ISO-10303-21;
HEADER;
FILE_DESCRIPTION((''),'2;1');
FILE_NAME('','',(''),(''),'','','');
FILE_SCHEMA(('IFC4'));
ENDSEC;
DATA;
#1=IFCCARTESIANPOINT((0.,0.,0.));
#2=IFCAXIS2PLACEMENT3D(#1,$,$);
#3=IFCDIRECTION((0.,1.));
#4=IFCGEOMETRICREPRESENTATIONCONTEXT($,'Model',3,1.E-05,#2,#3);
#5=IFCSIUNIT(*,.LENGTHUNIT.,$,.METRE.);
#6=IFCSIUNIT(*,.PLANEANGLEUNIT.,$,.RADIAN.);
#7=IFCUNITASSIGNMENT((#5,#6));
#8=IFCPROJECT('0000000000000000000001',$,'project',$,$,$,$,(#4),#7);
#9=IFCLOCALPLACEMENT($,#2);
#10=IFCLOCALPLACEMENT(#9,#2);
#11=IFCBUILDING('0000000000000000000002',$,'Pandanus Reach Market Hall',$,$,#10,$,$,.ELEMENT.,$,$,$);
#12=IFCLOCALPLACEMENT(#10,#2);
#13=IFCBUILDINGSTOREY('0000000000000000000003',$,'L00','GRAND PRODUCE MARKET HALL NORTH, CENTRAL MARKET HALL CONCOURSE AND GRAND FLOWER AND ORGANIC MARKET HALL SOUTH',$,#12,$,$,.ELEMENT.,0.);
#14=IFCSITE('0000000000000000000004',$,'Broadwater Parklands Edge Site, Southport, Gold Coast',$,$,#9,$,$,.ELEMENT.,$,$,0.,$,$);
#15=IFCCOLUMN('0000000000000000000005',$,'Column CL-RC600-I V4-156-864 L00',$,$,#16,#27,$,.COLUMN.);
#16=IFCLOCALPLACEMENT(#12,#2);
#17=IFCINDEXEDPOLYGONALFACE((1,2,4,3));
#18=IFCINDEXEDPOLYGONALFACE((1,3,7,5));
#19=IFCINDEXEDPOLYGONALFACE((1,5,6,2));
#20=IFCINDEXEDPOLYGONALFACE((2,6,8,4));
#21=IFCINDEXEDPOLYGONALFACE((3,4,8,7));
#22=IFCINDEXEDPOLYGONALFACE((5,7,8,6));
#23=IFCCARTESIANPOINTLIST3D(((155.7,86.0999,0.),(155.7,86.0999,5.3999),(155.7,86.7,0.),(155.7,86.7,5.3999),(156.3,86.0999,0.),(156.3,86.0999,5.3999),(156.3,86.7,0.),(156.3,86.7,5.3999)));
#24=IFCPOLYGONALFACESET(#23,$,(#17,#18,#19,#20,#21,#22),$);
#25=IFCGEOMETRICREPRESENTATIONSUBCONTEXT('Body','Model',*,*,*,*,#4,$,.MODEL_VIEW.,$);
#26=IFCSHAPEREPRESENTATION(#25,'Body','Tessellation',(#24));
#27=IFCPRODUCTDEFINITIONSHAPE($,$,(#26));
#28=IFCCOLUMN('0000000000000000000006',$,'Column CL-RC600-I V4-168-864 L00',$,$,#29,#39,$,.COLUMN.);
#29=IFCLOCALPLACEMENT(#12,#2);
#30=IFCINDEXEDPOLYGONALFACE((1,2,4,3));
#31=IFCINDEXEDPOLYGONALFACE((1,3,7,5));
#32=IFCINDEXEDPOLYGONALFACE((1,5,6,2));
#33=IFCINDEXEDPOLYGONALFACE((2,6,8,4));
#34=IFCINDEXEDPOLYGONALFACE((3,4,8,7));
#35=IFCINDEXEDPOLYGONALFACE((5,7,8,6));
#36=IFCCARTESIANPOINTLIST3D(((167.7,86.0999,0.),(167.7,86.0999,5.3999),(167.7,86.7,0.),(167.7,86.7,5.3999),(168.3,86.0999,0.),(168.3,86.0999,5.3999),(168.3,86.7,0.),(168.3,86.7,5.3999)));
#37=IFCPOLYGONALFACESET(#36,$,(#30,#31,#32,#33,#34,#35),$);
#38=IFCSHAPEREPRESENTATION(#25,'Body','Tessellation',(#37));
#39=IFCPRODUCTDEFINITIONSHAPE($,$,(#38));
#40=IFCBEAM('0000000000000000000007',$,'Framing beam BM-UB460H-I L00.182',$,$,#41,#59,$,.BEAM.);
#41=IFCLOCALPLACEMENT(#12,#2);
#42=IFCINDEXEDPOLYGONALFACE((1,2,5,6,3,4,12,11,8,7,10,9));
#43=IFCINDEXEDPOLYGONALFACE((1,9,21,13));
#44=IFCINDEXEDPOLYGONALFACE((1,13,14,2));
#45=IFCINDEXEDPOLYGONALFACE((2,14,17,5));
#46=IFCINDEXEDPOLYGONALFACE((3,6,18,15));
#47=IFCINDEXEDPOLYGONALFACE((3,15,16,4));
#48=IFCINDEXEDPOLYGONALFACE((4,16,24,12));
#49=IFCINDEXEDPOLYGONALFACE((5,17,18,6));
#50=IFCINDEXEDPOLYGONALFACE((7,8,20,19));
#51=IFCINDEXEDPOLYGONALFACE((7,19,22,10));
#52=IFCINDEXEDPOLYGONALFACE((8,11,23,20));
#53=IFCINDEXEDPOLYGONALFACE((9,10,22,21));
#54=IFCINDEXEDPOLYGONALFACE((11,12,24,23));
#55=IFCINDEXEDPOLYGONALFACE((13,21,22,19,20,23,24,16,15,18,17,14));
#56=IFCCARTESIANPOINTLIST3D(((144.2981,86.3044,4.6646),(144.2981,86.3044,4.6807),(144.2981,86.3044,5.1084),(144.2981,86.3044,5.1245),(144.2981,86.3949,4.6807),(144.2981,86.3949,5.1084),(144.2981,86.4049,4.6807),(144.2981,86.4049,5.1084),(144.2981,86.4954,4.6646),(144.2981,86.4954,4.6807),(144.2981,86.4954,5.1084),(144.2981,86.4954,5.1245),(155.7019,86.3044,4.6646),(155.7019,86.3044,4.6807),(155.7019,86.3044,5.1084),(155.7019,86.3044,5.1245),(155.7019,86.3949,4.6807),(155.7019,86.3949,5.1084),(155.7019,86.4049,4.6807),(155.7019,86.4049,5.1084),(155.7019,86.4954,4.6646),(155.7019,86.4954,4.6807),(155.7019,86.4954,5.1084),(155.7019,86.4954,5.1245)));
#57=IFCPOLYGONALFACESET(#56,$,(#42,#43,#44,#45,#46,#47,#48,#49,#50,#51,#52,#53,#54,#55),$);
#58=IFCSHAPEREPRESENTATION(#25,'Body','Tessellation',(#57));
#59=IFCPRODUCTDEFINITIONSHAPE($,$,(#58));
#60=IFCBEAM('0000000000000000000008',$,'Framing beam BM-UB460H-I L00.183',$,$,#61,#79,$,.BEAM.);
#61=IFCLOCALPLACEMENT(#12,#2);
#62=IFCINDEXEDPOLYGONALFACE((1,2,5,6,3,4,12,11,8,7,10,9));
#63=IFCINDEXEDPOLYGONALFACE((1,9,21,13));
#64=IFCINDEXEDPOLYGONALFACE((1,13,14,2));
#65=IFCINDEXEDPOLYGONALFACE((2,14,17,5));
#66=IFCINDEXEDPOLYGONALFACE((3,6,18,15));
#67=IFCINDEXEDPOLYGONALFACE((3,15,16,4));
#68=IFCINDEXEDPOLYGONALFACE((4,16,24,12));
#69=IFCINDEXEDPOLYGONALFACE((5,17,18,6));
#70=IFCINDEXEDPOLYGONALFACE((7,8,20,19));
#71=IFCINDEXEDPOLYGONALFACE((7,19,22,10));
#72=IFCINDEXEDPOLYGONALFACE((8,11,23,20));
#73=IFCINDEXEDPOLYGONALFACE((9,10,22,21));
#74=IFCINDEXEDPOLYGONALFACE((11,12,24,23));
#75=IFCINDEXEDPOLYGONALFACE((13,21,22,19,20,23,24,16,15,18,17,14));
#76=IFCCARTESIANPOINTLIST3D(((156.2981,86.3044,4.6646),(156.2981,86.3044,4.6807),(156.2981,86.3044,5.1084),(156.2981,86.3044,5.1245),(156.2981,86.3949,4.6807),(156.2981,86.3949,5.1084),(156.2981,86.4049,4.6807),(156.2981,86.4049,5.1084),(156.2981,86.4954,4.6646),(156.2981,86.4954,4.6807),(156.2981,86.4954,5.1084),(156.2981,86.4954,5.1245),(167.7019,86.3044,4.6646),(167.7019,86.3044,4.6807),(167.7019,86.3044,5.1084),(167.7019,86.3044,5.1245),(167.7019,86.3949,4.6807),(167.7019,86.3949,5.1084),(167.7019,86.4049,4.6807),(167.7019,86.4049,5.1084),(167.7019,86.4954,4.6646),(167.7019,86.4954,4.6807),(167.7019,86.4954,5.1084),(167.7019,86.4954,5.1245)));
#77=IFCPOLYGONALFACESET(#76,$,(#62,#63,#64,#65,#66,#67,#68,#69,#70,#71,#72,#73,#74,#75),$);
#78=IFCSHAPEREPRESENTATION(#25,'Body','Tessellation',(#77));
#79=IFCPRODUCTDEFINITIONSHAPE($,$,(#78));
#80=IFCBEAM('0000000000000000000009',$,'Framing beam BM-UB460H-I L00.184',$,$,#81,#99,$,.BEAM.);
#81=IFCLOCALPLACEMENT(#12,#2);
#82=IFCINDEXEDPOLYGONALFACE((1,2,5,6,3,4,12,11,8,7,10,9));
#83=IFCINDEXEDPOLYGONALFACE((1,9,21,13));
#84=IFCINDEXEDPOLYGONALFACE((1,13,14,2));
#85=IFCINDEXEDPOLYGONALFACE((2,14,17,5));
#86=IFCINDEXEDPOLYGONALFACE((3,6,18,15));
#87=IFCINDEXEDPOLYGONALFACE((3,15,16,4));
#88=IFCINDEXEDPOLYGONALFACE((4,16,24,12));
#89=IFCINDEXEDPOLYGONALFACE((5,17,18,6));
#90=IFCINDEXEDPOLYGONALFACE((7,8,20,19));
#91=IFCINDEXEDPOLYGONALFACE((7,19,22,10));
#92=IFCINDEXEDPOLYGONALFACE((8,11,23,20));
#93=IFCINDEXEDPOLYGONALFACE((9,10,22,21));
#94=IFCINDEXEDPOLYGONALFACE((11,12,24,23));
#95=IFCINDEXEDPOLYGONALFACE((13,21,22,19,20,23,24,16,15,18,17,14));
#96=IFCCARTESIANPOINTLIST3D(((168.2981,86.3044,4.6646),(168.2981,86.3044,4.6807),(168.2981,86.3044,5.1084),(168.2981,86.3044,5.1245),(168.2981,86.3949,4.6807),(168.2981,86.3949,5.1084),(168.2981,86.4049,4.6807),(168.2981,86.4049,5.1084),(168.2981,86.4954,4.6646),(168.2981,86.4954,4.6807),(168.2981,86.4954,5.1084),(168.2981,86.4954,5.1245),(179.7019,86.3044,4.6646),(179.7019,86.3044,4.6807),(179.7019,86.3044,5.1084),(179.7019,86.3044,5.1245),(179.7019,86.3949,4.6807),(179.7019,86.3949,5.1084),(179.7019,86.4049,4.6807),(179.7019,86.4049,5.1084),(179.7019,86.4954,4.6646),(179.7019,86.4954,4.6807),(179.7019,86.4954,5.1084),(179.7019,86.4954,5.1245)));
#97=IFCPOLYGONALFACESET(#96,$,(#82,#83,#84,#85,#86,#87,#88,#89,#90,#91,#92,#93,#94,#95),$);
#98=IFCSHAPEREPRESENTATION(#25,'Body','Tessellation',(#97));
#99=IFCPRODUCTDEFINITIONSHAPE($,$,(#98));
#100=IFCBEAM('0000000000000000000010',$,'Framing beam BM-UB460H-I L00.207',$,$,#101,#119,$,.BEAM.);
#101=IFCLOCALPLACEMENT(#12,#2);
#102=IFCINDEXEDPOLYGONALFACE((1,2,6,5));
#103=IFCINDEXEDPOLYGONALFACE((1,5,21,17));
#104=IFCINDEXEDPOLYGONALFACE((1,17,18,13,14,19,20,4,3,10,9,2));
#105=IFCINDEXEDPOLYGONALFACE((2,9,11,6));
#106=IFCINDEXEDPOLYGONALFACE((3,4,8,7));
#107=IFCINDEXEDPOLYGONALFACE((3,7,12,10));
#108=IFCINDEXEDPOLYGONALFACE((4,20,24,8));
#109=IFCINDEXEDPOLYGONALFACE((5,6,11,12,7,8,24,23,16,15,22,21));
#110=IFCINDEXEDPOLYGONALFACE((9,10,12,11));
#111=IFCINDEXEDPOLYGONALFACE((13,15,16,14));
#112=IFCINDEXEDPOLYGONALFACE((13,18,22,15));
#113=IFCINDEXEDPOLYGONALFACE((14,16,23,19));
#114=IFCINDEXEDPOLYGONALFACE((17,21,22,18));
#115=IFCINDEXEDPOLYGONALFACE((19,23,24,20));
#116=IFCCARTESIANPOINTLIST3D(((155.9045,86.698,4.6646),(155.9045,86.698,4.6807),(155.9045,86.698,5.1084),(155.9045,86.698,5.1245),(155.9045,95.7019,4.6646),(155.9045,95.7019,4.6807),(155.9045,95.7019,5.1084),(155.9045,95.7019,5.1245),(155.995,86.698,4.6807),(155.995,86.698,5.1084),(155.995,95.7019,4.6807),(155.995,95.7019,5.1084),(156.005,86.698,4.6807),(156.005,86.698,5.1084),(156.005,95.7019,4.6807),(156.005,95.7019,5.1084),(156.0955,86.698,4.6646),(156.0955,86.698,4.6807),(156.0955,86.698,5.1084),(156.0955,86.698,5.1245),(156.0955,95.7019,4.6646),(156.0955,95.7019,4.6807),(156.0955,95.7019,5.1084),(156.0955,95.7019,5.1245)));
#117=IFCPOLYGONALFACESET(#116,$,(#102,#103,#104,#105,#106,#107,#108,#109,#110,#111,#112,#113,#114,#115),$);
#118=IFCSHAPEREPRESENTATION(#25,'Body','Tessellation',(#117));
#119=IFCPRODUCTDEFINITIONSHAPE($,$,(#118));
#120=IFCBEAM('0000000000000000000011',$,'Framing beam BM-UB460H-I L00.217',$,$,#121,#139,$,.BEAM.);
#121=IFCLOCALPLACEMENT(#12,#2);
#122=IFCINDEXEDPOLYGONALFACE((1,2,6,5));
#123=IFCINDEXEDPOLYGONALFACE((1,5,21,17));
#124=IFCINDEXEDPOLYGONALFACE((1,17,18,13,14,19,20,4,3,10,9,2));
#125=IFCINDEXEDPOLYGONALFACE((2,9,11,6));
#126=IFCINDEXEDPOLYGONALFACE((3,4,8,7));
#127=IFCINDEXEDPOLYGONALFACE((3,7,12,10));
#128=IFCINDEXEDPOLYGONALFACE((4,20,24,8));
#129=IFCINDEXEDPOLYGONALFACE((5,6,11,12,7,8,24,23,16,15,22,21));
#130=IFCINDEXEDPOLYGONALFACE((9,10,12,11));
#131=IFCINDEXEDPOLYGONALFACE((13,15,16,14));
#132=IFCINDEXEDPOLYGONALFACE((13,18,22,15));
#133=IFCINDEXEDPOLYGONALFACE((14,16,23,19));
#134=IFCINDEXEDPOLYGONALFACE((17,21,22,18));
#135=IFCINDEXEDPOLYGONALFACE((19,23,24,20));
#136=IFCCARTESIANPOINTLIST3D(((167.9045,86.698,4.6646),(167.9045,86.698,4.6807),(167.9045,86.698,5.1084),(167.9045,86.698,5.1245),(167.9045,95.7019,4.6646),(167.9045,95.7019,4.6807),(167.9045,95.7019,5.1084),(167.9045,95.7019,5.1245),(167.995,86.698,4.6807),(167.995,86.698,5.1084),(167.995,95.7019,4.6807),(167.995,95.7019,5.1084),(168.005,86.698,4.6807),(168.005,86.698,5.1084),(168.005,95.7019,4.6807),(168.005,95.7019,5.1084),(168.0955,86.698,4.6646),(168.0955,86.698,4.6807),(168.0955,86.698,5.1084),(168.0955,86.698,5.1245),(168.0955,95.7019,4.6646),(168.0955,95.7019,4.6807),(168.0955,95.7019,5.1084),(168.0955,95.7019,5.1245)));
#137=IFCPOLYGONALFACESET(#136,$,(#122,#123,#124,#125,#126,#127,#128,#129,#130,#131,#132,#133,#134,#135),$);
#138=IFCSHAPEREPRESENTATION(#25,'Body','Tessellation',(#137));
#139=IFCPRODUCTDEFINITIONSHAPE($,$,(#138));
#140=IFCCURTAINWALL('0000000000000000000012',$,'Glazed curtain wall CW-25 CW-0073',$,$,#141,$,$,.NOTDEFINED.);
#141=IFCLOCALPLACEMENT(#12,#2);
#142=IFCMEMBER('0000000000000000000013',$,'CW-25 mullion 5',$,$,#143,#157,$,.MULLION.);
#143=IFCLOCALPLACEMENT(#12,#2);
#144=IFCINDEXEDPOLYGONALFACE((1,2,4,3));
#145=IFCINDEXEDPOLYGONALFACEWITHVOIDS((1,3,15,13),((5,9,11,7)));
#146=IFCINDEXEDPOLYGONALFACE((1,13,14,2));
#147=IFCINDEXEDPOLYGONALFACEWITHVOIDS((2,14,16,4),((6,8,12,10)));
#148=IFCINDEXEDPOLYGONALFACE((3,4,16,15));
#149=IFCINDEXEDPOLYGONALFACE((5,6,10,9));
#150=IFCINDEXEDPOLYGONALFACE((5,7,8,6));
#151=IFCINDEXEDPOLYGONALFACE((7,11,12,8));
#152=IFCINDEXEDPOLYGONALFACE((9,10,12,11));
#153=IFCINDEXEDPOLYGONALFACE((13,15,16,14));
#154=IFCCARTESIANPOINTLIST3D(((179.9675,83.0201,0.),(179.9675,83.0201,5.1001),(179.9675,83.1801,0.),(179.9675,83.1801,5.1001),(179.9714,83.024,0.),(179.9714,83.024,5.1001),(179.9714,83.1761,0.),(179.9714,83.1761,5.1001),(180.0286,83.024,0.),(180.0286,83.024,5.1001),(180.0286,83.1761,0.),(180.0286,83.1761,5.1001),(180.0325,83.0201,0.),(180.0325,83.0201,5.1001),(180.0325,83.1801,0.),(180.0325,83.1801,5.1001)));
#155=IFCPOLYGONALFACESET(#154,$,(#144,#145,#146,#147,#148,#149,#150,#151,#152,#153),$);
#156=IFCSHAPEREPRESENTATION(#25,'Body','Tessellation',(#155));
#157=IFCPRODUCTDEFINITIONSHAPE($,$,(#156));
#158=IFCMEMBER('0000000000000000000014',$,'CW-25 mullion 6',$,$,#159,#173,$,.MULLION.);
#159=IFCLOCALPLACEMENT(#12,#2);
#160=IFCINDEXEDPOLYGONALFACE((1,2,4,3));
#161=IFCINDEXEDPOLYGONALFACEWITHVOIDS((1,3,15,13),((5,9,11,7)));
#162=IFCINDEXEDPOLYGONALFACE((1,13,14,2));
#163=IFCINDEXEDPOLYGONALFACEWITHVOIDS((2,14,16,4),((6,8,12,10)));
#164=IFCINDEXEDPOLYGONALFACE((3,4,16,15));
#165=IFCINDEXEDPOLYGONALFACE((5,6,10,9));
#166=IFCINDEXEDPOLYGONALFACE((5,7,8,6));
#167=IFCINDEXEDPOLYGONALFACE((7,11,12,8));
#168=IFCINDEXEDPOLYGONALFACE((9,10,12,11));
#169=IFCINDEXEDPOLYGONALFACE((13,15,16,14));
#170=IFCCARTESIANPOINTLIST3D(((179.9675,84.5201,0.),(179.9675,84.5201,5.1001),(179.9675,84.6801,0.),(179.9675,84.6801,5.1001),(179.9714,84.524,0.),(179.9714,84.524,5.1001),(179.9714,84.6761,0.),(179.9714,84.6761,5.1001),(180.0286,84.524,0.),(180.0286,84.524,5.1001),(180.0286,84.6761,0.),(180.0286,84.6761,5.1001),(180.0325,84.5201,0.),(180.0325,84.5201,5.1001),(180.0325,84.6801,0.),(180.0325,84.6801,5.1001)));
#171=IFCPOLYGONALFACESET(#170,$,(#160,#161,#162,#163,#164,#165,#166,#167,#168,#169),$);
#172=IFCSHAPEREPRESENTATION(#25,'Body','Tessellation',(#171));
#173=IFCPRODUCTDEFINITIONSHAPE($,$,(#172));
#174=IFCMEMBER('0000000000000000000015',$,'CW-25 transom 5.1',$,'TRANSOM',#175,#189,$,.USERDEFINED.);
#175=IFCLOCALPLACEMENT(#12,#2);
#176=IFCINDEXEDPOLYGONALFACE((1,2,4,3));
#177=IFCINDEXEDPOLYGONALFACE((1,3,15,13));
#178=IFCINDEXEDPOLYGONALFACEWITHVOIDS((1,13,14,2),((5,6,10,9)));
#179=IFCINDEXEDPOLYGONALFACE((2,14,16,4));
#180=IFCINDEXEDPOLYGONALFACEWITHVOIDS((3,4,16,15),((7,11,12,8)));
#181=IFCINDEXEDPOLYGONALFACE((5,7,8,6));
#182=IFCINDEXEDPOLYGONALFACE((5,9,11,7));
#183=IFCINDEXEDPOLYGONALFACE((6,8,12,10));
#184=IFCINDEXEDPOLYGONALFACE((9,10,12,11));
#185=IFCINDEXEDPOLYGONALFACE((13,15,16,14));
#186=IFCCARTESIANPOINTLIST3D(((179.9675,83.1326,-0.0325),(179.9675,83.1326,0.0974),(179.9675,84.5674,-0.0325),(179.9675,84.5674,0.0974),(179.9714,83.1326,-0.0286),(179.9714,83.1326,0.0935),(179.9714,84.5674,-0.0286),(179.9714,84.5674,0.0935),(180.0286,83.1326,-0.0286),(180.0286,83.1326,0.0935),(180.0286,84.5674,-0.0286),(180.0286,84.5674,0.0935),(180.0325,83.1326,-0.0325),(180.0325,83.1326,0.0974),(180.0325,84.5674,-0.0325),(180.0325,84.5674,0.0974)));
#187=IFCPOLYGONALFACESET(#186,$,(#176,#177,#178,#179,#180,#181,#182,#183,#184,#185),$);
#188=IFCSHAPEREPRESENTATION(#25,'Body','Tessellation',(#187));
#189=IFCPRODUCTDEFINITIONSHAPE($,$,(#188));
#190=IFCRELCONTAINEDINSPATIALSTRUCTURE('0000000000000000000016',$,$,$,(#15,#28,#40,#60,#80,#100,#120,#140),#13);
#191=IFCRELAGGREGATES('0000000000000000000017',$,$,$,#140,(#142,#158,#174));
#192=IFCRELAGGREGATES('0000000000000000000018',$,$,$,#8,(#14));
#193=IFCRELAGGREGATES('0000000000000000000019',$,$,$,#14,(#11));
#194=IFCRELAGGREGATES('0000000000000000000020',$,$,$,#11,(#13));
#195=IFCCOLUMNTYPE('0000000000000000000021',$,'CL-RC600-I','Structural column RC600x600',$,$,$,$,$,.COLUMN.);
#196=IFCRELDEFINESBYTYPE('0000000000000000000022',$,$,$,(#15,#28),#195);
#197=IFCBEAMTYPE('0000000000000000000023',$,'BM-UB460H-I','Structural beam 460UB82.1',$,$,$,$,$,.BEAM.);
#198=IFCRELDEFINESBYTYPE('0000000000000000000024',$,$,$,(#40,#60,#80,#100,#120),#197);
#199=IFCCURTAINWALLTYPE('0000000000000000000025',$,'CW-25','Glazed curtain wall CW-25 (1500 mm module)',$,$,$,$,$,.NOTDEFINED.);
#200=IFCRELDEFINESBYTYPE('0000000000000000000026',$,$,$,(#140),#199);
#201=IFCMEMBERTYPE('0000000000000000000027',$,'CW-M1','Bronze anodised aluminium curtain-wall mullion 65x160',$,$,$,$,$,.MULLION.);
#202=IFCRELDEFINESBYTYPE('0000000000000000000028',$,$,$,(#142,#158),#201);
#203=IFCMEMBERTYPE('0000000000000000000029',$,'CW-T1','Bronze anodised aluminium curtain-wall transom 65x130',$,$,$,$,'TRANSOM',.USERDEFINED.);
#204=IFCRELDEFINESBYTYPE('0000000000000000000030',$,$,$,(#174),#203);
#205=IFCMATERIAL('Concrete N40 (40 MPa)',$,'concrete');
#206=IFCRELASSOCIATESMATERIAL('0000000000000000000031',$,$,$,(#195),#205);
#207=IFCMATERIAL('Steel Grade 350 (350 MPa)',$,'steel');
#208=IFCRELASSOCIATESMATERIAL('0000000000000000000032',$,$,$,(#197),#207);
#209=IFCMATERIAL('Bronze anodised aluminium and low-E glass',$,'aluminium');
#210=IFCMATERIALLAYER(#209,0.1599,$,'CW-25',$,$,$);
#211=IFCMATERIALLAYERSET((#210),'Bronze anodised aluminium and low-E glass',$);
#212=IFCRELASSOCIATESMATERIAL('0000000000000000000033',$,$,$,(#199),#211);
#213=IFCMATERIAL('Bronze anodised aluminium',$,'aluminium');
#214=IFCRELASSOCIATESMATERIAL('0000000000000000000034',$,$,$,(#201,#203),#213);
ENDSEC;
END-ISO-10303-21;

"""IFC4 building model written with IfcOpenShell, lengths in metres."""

from ifc_helpers import new_model, si_unit, direction, frame, origin, origin_2d, place, context, subcontext, project, spatial, rectangle, hollow_rectangle, i_section, extrude, material, layer, layer_set, material_profile, profile_set, type_object, element, aggregate, save


model = new_model("IFC4")

# Units and contexts
model_context = context("Model", 3, precision=1e-05, world=origin(), true_north=direction((0.0, 1.0)))
body_context = subcontext(model_context, "Body", "Model", "MODEL_VIEW")
ifc_project = project(units=[si_unit("LENGTHUNIT", "METRE"), si_unit("PLANEANGLEUNIT", "RADIAN")], contexts=[model_context])

# Site, building, storey
site_placement = place(None, origin())
site = spatial("IfcSite", under=ifc_project, at=site_placement, Name="Broadwater Parklands Edge Site, Southport, Gold Coast", CompositionType="ELEMENT", RefElevation=0.0)
building_placement = place(site_placement, origin())
building = spatial("IfcBuilding", under=site, at=building_placement, Name="Pandanus Reach Market Hall", CompositionType="ELEMENT")
storey_placement = place(building_placement, origin())
storey = spatial("IfcBuildingStorey", under=building, at=storey_placement, Name="L00", Description="GRAND PRODUCE MARKET HALL NORTH, CENTRAL MARKET HALL CONCOURSE AND GRAND FLOWER AND ORGANIC MARKET HALL SOUTH", CompositionType="ELEMENT", Elevation=0.0)

# Columns
ifc_material_1 = material(Name="Concrete N40 (40 MPa)", Category="concrete")
ifc_material_profile_1 = material_profile(ifc_material_1, rectangle(XDim=0.6001, YDim=0.6001, at=origin_2d()), Name="RC600x600", Category="LoadBearing")
ifc_profile_set_1 = profile_set([ifc_material_profile_1], Name="Concrete N40 (40 MPa)")
column_type = type_object("IfcColumnType", Name="CL-RC600-I", Description="Structural column RC600x600", PredefinedType="COLUMN", material=ifc_profile_set_1)
for number, where, z_axis, x_axis, name in (
    (1, (156.0, 86.3999, 0.0), (0.0, 0.0, 1.0), (1.0, 0.0, 0.0), "Column CL-RC600-I V4-156-864 L00"),
    (2, (168.0, 86.3999, 0.0), (0.0, 0.0, 1.0), (1.0, 0.0, 0.0), "Column CL-RC600-I V4-168-864 L00"),
):
    element("IfcColumn", number, at=place(storey_placement, frame(where, z_axis=z_axis, x_axis=x_axis)), inside=storey, type_object=column_type, Name=name, PredefinedType="COLUMN", context=body_context, shape_type="SweptSolid", body=[
        extrude(rectangle(XDim=0.6001, YDim=0.6001, at=origin_2d()), origin(), (0.0, 0.0, 1.0), 5.3999),
    ])

# Beams
ifc_material_2 = material(Name="Steel Grade 350 (350 MPa)", Category="steel")
ifc_material_profile_2 = material_profile(ifc_material_2, i_section(OverallWidth=0.1909, OverallDepth=0.46, WebThickness=0.01, FlangeThickness=0.0161, at=origin_2d()), Name="460UB82.1", Category="LoadBearing")
ifc_profile_set_2 = profile_set([ifc_material_profile_2], Name="Steel Grade 350 (350 MPa)")
beam_type_1 = type_object("IfcBeamType", Name="BM-UB460H-I", Description="Structural beam 460UB82.1", PredefinedType="BEAM", material=ifc_profile_set_2)
for number, where, z_axis, x_axis, name in (
    (3, (144.2981, 86.3999, 4.8945), (1.0, 0.0, 0.0), (0.0, 1.0, 0.0), "Framing beam BM-UB460H-I L00.182"),
    (4, (156.2981, 86.3999, 4.8945), (1.0, 0.0, 0.0), (0.0, 1.0, 0.0), "Framing beam BM-UB460H-I L00.183"),
    (5, (168.2981, 86.3999, 4.8945), (1.0, 0.0, 0.0), (0.0, 1.0, 0.0), "Framing beam BM-UB460H-I L00.184"),
):
    element("IfcBeam", number, at=place(storey_placement, frame(where, z_axis=z_axis, x_axis=x_axis)), inside=storey, type_object=beam_type_1, Name=name, PredefinedType="BEAM", context=body_context, shape_type="SweptSolid", body=[
        extrude(i_section(OverallWidth=0.1909, OverallDepth=0.46, WebThickness=0.01, FlangeThickness=0.0161, at=origin_2d()), origin(), (0.0, 0.0, 1.0), 11.4038),
    ])
for number, where, z_axis, x_axis, name in (
    (6, (156.0, 86.698, 4.8945), (0.0, 1.0, 0.0), (-1.0, 0.0, 0.0), "Framing beam BM-UB460H-I L00.207"),
    (7, (168.0, 86.698, 4.8945), (0.0, 1.0, 0.0), (-1.0, 0.0, 0.0), "Framing beam BM-UB460H-I L00.217"),
):
    element("IfcBeam", number, at=place(storey_placement, frame(where, z_axis=z_axis, x_axis=x_axis)), inside=storey, type_object=beam_type_1, Name=name, PredefinedType="BEAM", context=body_context, shape_type="SweptSolid", body=[
        extrude(i_section(OverallWidth=0.1909, OverallDepth=0.46, WebThickness=0.01, FlangeThickness=0.0161, at=origin_2d()), origin(), (0.0, 0.0, 1.0), 9.0039),
    ])

# Curtain wall, members
ifc_material_3 = material(Name="Bronze anodised aluminium and low-E glass", Category="aluminium")
ifc_layer_1 = layer(ifc_material_3, 0.1599, Name="CW-25")
ifc_layer_set_1 = layer_set([ifc_layer_1], Name="Bronze anodised aluminium and low-E glass")
curtain_wall_type = type_object("IfcCurtainWallType", Name="CW-25", Description="Glazed curtain wall CW-25 (1500 mm module)", PredefinedType="NOTDEFINED", material=ifc_layer_set_1)
curtain_wall_placement = place(storey_placement, origin())
curtain_wall = element("IfcCurtainWall", 8, at=curtain_wall_placement, inside=storey, type_object=curtain_wall_type, Name="Glazed curtain wall CW-25 CW-0073", PredefinedType="NOTDEFINED")
ifc_material_4 = material(Name="Bronze anodised aluminium", Category="aluminium")
ifc_material_profile_3 = material_profile(ifc_material_4, hollow_rectangle(XDim=0.0649, YDim=0.1599, WallThickness=0.0039, at=origin_2d()), Name="ALU65x160", Category="LoadBearing")
ifc_profile_set_3 = profile_set([ifc_material_profile_3], Name="Bronze anodised aluminium")
member_type_1 = type_object("IfcMemberType", Name="CW-M1", Description="Bronze anodised aluminium curtain-wall mullion 65x160", PredefinedType="MULLION", material=ifc_profile_set_3)
member_1_placement = place(storey_placement, frame((180.0, 83.1001, 0.0), z_axis=(0.0, 0.0, 1.0), x_axis=(-1.0, 0.0, 0.0)))
member_1 = element("IfcMember", 9, at=member_1_placement, type_object=member_type_1, Name="CW-25 mullion 5", PredefinedType="MULLION", context=body_context, shape_type="SweptSolid", body=[
    extrude(hollow_rectangle(XDim=0.0649, YDim=0.1599, WallThickness=0.0039, at=origin_2d()), origin(), (0.0, 0.0, 1.0), 5.1001),
])
member_2_placement = place(storey_placement, frame((180.0, 84.6001, 0.0), z_axis=(0.0, 0.0, 1.0), x_axis=(-1.0, 0.0, 0.0)))
member_2 = element("IfcMember", 10, at=member_2_placement, type_object=member_type_1, Name="CW-25 mullion 6", PredefinedType="MULLION", context=body_context, shape_type="SweptSolid", body=[
    extrude(hollow_rectangle(XDim=0.0649, YDim=0.1599, WallThickness=0.0039, at=origin_2d()), origin(), (0.0, 0.0, 1.0), 5.1001),
])
ifc_material_profile_4 = material_profile(ifc_material_4, hollow_rectangle(XDim=0.0649, YDim=0.1299, WallThickness=0.0039, at=origin_2d()), Name="ALU65x130", Category="LoadBearing")
ifc_profile_set_4 = profile_set([ifc_material_profile_4], Name="Bronze anodised aluminium")
member_type_2 = type_object("IfcMemberType", Name="CW-T1", Description="Bronze anodised aluminium curtain-wall transom 65x130", ElementType="TRANSOM", PredefinedType="USERDEFINED", material=ifc_profile_set_4)
member_3_placement = place(storey_placement, frame((180.0, 83.1326, 0.0325), z_axis=(0.0, 1.0, 0.0), x_axis=(-1.0, 0.0, 0.0)))
member_3 = element("IfcMember", 11, at=member_3_placement, type_object=member_type_2, Name="CW-25 transom 5.1", ObjectType="TRANSOM", PredefinedType="USERDEFINED", context=body_context, shape_type="SweptSolid", body=[
    extrude(hollow_rectangle(XDim=0.0649, YDim=0.1299, WallThickness=0.0039, at=origin_2d()), origin(), (0.0, 0.0, 1.0), 1.4348),
])

aggregate(curtain_wall, [member_1, member_2, member_3])

save(model, "model.ifc")
